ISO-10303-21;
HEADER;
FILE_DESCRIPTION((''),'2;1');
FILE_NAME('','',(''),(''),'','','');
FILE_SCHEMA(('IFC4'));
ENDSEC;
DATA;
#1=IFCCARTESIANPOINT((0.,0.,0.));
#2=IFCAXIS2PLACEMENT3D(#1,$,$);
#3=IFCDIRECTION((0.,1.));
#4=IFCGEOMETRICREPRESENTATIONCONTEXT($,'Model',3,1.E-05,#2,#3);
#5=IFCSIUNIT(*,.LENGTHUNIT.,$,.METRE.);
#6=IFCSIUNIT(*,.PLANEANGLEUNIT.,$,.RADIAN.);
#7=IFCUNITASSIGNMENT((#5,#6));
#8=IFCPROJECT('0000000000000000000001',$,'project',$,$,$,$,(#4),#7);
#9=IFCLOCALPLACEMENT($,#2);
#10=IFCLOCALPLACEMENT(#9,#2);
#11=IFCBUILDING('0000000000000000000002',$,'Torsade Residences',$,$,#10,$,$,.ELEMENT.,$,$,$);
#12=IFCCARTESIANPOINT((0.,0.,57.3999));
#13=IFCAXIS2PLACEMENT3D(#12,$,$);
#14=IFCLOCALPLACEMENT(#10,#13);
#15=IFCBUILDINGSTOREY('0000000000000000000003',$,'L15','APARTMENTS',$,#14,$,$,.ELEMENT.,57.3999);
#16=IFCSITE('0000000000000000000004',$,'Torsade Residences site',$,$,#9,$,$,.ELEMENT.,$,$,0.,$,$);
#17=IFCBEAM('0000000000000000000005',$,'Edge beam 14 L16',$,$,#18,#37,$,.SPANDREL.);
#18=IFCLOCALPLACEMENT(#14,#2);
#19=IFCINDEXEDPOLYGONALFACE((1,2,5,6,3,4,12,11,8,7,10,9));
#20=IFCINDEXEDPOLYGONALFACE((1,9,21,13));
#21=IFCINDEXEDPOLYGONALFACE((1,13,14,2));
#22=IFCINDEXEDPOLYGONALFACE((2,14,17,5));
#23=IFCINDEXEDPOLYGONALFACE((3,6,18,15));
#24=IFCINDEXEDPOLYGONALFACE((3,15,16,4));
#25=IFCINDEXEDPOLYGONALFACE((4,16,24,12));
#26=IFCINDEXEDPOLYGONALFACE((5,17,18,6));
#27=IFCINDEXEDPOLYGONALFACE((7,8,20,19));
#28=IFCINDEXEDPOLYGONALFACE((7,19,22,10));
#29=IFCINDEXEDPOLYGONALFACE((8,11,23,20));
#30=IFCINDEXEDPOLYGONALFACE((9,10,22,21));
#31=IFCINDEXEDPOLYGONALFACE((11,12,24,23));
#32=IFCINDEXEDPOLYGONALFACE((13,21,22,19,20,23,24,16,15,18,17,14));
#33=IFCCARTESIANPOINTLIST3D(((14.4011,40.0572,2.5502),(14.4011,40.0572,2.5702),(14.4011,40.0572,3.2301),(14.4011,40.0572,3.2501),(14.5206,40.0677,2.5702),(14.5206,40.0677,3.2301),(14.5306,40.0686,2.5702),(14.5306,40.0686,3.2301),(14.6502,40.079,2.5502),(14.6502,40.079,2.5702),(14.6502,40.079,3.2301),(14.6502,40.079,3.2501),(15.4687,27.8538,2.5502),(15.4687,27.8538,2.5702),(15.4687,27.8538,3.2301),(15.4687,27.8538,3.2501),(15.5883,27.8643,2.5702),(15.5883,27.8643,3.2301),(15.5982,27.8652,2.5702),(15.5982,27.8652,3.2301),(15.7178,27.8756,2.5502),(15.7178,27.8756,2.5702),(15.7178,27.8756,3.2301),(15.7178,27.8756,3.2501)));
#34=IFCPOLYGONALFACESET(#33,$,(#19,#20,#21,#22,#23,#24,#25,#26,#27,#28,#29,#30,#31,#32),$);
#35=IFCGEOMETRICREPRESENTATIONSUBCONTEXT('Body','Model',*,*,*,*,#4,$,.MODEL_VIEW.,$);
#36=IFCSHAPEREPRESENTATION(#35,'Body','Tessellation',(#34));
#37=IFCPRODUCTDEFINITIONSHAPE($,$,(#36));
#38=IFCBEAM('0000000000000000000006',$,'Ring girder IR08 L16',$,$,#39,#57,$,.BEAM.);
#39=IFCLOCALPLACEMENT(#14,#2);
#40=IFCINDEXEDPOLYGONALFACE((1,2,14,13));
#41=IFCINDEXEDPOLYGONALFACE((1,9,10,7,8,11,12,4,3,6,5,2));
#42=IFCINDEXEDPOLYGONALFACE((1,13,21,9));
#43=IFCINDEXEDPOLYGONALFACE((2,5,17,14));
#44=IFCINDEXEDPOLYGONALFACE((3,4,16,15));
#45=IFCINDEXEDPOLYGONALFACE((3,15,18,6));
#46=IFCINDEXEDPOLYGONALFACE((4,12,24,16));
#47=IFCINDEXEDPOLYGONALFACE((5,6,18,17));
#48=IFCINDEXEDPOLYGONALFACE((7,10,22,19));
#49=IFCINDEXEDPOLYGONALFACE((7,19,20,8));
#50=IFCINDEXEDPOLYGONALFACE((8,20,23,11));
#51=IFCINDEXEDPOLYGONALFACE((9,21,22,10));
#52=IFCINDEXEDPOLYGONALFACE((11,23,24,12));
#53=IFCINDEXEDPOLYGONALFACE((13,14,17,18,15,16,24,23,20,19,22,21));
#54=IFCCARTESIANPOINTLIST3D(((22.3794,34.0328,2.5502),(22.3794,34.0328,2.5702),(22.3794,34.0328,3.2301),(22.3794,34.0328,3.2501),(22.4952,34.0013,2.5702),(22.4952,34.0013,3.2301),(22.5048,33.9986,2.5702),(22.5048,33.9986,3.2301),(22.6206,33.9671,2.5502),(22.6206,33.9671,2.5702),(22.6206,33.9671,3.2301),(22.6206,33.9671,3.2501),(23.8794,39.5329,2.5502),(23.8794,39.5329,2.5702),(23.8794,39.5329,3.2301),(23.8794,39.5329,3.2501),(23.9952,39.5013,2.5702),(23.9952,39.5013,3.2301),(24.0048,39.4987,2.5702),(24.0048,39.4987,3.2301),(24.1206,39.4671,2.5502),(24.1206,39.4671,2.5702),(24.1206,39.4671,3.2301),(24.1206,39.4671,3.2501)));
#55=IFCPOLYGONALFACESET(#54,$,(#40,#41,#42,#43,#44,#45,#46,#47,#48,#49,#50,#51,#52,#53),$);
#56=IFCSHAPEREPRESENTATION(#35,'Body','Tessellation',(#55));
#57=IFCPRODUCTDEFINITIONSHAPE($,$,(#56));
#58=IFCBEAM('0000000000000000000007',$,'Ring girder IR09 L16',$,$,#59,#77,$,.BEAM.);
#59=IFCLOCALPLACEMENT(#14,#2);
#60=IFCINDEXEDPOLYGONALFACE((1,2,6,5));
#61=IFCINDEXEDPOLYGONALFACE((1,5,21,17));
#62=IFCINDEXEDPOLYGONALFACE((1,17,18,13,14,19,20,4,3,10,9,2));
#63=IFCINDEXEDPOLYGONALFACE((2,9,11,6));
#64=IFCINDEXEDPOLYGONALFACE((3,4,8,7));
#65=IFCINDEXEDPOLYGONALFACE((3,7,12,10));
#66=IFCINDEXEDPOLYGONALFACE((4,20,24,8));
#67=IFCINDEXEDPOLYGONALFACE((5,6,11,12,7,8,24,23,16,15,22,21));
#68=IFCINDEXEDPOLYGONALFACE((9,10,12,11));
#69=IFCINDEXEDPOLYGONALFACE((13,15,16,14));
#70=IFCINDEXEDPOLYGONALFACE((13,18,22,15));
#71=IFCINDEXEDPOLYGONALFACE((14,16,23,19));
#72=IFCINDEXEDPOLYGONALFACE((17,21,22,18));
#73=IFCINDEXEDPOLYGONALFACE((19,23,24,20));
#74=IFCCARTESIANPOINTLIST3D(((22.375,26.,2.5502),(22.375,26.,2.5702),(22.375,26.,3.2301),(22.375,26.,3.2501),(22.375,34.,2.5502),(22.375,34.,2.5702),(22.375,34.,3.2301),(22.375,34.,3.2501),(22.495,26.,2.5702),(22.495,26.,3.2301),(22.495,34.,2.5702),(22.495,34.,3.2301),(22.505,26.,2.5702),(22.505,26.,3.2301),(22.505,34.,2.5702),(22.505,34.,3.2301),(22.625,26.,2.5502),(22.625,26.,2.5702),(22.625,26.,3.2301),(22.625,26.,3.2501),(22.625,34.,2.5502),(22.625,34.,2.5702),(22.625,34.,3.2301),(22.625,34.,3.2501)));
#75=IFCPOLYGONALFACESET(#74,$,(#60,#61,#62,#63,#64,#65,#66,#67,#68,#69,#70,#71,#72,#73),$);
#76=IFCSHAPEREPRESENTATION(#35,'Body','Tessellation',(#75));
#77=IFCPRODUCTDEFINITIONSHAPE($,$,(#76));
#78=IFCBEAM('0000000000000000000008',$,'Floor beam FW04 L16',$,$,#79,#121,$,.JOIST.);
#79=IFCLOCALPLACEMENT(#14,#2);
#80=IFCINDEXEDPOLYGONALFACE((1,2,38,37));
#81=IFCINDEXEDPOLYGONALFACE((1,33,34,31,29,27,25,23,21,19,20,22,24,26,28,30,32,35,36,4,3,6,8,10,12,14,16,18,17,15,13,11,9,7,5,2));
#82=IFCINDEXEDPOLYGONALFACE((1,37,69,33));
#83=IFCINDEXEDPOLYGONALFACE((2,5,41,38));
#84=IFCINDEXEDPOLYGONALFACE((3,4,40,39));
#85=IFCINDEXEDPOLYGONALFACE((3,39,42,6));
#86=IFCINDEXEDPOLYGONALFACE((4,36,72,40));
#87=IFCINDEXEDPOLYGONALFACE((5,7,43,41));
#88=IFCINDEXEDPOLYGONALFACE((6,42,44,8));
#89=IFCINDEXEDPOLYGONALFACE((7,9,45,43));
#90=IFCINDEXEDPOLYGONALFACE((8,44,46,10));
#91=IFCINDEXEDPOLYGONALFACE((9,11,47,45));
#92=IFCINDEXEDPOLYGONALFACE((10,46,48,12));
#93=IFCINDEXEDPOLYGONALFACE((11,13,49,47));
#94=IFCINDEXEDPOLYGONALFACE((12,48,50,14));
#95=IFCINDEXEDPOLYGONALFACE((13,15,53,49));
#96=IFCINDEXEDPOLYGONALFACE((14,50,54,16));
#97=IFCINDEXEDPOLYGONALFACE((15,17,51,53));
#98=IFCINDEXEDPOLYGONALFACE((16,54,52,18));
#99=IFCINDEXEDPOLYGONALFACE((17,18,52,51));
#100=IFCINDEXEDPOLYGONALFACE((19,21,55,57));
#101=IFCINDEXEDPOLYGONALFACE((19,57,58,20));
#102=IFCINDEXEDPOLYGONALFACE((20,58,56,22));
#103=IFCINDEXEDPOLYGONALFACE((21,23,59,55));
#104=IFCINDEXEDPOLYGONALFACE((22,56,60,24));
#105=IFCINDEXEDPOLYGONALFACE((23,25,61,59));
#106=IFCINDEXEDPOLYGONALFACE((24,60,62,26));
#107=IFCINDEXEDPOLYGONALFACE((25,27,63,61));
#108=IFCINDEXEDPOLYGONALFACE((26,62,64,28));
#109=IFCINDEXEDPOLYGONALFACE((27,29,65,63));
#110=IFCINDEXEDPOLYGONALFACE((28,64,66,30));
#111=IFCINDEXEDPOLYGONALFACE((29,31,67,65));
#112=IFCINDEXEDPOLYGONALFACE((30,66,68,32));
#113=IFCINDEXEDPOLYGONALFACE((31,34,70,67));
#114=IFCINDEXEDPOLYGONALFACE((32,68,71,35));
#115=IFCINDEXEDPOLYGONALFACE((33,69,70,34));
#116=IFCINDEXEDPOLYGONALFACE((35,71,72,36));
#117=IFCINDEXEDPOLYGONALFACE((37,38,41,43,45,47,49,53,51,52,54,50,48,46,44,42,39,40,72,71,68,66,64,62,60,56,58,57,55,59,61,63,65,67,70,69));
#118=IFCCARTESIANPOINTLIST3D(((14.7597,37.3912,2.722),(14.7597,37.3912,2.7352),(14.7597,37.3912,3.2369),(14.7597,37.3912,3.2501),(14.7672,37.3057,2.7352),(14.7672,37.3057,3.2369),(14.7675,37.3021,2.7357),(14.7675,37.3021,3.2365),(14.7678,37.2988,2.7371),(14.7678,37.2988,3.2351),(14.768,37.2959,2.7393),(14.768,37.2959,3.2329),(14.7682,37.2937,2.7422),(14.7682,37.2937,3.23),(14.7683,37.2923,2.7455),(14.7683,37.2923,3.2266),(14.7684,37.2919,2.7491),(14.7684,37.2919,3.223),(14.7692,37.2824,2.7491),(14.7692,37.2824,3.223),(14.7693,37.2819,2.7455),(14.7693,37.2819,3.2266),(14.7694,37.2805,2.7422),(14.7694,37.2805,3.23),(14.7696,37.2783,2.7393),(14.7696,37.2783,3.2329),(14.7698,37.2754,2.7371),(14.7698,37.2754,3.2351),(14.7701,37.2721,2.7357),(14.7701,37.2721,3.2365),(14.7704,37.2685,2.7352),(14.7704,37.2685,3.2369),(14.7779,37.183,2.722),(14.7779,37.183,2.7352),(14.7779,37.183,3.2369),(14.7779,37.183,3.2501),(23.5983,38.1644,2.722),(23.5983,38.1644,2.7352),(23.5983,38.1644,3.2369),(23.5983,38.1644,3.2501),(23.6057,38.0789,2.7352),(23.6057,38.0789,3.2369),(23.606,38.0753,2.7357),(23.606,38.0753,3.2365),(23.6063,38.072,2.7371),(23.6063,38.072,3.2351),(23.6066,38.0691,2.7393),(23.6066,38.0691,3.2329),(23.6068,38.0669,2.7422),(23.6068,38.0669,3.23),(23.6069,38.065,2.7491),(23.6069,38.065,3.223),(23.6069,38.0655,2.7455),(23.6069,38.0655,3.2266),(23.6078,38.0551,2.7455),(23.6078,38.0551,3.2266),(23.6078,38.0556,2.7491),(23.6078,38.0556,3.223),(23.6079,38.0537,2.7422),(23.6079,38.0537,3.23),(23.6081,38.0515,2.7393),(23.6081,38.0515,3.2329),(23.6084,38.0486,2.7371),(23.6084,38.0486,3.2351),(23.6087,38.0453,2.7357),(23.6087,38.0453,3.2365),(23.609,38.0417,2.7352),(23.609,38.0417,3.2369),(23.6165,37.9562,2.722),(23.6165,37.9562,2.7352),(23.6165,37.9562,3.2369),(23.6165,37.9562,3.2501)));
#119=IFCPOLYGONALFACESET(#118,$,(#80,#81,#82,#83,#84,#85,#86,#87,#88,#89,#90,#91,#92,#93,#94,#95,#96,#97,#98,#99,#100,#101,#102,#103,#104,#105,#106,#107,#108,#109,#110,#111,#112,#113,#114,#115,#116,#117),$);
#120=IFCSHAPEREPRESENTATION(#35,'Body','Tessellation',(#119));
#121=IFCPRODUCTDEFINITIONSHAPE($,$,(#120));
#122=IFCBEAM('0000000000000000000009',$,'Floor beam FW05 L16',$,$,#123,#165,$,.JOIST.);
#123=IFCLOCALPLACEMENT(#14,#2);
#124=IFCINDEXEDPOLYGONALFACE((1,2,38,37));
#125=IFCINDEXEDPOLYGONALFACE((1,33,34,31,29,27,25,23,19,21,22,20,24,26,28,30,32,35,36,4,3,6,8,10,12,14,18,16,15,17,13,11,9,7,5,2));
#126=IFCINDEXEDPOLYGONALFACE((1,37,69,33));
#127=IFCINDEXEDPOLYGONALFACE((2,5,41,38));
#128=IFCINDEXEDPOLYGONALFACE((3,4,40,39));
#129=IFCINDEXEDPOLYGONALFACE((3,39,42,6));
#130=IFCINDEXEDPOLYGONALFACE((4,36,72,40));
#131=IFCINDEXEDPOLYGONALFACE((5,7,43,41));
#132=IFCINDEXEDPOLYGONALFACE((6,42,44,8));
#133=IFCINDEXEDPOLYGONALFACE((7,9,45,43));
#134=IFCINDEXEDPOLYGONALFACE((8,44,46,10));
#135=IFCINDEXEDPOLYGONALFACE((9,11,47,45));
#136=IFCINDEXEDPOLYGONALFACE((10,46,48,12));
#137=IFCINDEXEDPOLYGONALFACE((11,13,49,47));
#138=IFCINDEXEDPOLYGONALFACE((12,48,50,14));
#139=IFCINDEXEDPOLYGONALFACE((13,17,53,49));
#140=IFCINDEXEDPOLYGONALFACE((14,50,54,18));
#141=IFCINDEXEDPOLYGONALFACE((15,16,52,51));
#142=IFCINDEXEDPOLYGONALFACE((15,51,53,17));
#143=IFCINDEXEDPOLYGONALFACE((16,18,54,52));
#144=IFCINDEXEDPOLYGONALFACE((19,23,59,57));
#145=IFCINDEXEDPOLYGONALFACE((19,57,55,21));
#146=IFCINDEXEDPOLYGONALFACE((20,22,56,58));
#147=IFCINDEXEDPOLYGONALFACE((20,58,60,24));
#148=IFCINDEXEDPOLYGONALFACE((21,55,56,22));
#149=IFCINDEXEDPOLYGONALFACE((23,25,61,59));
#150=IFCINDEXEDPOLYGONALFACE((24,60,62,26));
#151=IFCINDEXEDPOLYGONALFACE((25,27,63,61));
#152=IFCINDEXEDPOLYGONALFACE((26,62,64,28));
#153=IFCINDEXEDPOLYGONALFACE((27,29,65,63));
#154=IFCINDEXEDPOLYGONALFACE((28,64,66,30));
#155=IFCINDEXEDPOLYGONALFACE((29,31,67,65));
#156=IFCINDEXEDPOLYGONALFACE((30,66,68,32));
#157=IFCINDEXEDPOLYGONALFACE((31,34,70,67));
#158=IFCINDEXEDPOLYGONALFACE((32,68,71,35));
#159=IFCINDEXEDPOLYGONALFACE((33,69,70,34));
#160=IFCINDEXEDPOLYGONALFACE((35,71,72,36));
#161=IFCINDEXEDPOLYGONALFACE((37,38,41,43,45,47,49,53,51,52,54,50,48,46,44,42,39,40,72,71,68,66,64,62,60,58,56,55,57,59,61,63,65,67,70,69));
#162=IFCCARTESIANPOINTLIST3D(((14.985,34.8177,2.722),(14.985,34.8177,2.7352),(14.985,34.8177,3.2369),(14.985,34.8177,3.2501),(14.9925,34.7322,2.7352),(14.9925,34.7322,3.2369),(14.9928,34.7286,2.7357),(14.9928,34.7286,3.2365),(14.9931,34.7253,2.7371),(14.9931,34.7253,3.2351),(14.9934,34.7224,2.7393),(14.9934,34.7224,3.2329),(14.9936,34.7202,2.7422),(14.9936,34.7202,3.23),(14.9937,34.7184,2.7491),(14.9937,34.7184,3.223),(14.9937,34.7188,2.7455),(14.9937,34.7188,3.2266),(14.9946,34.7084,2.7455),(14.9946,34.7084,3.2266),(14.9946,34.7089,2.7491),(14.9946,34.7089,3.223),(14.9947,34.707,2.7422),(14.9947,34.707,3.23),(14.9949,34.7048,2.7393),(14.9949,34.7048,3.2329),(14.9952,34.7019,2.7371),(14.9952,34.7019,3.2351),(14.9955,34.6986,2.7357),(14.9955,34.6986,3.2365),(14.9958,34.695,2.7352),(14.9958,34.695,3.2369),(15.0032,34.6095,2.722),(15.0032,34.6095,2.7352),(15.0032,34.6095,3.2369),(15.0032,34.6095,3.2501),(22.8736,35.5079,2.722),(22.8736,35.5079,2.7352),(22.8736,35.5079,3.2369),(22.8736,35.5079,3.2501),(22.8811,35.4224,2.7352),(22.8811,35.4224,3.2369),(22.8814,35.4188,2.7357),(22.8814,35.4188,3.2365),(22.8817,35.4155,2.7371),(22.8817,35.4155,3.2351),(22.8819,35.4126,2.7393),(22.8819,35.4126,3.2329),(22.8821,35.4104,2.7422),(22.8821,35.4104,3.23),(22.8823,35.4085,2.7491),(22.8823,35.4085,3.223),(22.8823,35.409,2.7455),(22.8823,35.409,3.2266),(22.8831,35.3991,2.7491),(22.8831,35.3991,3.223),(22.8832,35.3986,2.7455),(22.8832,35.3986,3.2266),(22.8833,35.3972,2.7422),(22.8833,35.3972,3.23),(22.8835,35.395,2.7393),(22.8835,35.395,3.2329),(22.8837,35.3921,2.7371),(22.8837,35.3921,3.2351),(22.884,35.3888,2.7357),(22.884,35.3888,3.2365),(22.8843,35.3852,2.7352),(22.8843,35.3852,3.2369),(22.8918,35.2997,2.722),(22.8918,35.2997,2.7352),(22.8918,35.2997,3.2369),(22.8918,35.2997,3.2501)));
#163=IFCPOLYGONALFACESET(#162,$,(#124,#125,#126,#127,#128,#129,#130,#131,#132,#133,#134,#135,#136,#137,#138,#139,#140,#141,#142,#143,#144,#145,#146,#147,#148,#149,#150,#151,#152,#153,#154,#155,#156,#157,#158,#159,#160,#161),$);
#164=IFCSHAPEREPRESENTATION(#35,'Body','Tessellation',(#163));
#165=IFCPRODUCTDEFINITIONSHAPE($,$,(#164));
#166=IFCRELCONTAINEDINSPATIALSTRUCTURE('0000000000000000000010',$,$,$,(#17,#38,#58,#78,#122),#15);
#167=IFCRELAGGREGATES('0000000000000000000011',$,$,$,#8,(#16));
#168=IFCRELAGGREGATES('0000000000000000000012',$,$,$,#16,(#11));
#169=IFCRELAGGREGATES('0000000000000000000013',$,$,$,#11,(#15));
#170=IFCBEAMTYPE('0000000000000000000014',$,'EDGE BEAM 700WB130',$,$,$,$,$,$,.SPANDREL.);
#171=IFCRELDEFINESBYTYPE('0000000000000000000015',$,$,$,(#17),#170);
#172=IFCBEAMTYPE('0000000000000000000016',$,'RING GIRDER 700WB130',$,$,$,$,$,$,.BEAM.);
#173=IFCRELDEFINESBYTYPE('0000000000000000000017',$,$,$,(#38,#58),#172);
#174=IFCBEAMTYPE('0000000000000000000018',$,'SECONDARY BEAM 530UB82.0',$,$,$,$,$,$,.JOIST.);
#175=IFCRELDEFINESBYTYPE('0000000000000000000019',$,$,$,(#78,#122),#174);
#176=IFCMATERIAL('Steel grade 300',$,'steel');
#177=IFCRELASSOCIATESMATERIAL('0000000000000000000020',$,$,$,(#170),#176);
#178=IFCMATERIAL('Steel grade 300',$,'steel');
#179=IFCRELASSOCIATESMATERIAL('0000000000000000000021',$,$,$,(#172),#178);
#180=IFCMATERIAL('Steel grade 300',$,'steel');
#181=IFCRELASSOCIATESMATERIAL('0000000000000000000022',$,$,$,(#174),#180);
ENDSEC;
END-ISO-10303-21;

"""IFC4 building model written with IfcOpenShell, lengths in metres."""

from ifc_helpers import new_model, si_unit, direction, frame, origin, origin_2d, place, context, subcontext, project, spatial, i_section, extrude, material, material_profile, profile_set, type_object, element, save


model = new_model("IFC4")

# Units and contexts
model_context = context("Model", 3, precision=1e-05, world=origin(), true_north=direction((0.0, 1.0)))
body_context = subcontext(model_context, "Body", "Model", "MODEL_VIEW")
ifc_project = project(units=[si_unit("LENGTHUNIT", "METRE"), si_unit("PLANEANGLEUNIT", "RADIAN")], contexts=[model_context])

# Site, building, storey
site_placement = place(None, origin())
site = spatial("IfcSite", under=ifc_project, at=site_placement, Name="Torsade Residences site", CompositionType="ELEMENT", RefElevation=0.0)
building_placement = place(site_placement, origin())
building = spatial("IfcBuilding", under=site, at=building_placement, Name="Torsade Residences", CompositionType="ELEMENT")
storey_placement = place(building_placement, frame((0.0, 0.0, 57.3999)))
storey = spatial("IfcBuildingStorey", under=building, at=storey_placement, Name="L15", Description="APARTMENTS", CompositionType="ELEMENT", Elevation=57.3999)

# Beams
ifc_material_1 = material(Name="Steel grade 300", Category="steel")
ifc_material_profile_1 = material_profile(ifc_material_1, i_section(OverallWidth=0.25, OverallDepth=0.7, WebThickness=0.01, FlangeThickness=0.02, at=origin_2d()), Name="700WB130")
ifc_profile_set_1 = profile_set([ifc_material_profile_1], Name="Steel grade 300")
beam_type_1 = type_object("IfcBeamType", Name="EDGE BEAM 700WB130", PredefinedType="SPANDREL", material=ifc_profile_set_1)
beam_1_placement = place(storey_placement, frame((14.5256, 40.0681, 2.9001), z_axis=(0.087153, -0.996195, 0.0), x_axis=(0.996195, 0.087153, 0.0)))
element("IfcBeam", 1, at=beam_1_placement, inside=storey, type_object=beam_type_1, Name="Edge beam 14 L16", PredefinedType="SPANDREL", context=body_context, shape_type="SweptSolid", body=[
    extrude(i_section(OverallWidth=0.25, OverallDepth=0.7, WebThickness=0.01, FlangeThickness=0.02, at=origin_2d()), origin(), (0.0, 0.0, 1.0), 12.25),
])
ifc_material_2 = material(Name="Steel grade 300", Category="steel")
ifc_material_profile_2 = material_profile(ifc_material_2, i_section(OverallWidth=0.25, OverallDepth=0.7, WebThickness=0.01, FlangeThickness=0.02, at=origin_2d()), Name="700WB130")
ifc_profile_set_2 = profile_set([ifc_material_profile_2], Name="Steel grade 300")
beam_type_2 = type_object("IfcBeamType", Name="RING GIRDER 700WB130", PredefinedType="BEAM", material=ifc_profile_set_2)
beam_2_placement = place(storey_placement, frame((24.0, 39.5, 2.9001), z_axis=(-0.263117, -0.964764, 0.0), x_axis=(0.964764, -0.263117, 0.0)))
element("IfcBeam", 2, at=beam_2_placement, inside=storey, type_object=beam_type_2, Name="Ring girder IR08 L16", PredefinedType="BEAM", context=body_context, shape_type="SweptSolid", body=[
    extrude(i_section(OverallWidth=0.25, OverallDepth=0.7, WebThickness=0.01, FlangeThickness=0.02, at=origin_2d()), origin(), (0.0, 0.0, 1.0), 5.7009),
])
beam_3_placement = place(storey_placement, frame((22.5, 34.0, 2.9001), z_axis=(0.0, -1.0, 0.0), x_axis=(1.0, 0.0, 0.0)))
element("IfcBeam", 3, at=beam_3_placement, inside=storey, type_object=beam_type_2, Name="Ring girder IR09 L16", PredefinedType="BEAM", context=body_context, shape_type="SweptSolid", body=[
    extrude(i_section(OverallWidth=0.25, OverallDepth=0.7, WebThickness=0.01, FlangeThickness=0.02, at=origin_2d()), origin(), (0.0, 0.0, 1.0), 8.0),
])
ifc_material_3 = material(Name="Steel grade 300", Category="steel")
ifc_material_profile_3 = material_profile(ifc_material_3, i_section(OverallWidth=0.209, OverallDepth=0.5281, WebThickness=0.0095, FlangeThickness=0.0132, FilletRadius=0.0139, at=origin_2d()), Name="530UB82.0")
ifc_profile_set_3 = profile_set([ifc_material_profile_3], Name="Steel grade 300")
beam_type_3 = type_object("IfcBeamType", Name="SECONDARY BEAM 530UB82.0", PredefinedType="JOIST", material=ifc_profile_set_3)
beam_4_placement = place(storey_placement, frame((14.7688, 37.2871, 2.9861), z_axis=(0.996196, 0.087146, 0.0), x_axis=(-0.087146, 0.996196, 0.0)))
element("IfcBeam", 4, at=beam_4_placement, inside=storey, type_object=beam_type_3, Name="Floor beam FW04 L16", PredefinedType="JOIST", context=body_context, shape_type="SweptSolid", body=[
    extrude(i_section(OverallWidth=0.209, OverallDepth=0.5281, WebThickness=0.0095, FlangeThickness=0.0132, FilletRadius=0.0139, at=origin_2d()), origin(), (0.0, 0.0, 1.0), 8.8723),
])
beam_5_placement = place(storey_placement, frame((14.9941, 34.7136, 2.9861), z_axis=(0.996195, 0.087158, 0.0), x_axis=(-0.087158, 0.996195, 0.0)))
element("IfcBeam", 5, at=beam_5_placement, inside=storey, type_object=beam_type_3, Name="Floor beam FW05 L16", PredefinedType="JOIST", context=body_context, shape_type="SweptSolid", body=[
    extrude(i_section(OverallWidth=0.209, OverallDepth=0.5281, WebThickness=0.0095, FlangeThickness=0.0132, FilletRadius=0.0139, at=origin_2d()), origin(), (0.0, 0.0, 1.0), 7.9187),
])

save(model, "model.ifc")
